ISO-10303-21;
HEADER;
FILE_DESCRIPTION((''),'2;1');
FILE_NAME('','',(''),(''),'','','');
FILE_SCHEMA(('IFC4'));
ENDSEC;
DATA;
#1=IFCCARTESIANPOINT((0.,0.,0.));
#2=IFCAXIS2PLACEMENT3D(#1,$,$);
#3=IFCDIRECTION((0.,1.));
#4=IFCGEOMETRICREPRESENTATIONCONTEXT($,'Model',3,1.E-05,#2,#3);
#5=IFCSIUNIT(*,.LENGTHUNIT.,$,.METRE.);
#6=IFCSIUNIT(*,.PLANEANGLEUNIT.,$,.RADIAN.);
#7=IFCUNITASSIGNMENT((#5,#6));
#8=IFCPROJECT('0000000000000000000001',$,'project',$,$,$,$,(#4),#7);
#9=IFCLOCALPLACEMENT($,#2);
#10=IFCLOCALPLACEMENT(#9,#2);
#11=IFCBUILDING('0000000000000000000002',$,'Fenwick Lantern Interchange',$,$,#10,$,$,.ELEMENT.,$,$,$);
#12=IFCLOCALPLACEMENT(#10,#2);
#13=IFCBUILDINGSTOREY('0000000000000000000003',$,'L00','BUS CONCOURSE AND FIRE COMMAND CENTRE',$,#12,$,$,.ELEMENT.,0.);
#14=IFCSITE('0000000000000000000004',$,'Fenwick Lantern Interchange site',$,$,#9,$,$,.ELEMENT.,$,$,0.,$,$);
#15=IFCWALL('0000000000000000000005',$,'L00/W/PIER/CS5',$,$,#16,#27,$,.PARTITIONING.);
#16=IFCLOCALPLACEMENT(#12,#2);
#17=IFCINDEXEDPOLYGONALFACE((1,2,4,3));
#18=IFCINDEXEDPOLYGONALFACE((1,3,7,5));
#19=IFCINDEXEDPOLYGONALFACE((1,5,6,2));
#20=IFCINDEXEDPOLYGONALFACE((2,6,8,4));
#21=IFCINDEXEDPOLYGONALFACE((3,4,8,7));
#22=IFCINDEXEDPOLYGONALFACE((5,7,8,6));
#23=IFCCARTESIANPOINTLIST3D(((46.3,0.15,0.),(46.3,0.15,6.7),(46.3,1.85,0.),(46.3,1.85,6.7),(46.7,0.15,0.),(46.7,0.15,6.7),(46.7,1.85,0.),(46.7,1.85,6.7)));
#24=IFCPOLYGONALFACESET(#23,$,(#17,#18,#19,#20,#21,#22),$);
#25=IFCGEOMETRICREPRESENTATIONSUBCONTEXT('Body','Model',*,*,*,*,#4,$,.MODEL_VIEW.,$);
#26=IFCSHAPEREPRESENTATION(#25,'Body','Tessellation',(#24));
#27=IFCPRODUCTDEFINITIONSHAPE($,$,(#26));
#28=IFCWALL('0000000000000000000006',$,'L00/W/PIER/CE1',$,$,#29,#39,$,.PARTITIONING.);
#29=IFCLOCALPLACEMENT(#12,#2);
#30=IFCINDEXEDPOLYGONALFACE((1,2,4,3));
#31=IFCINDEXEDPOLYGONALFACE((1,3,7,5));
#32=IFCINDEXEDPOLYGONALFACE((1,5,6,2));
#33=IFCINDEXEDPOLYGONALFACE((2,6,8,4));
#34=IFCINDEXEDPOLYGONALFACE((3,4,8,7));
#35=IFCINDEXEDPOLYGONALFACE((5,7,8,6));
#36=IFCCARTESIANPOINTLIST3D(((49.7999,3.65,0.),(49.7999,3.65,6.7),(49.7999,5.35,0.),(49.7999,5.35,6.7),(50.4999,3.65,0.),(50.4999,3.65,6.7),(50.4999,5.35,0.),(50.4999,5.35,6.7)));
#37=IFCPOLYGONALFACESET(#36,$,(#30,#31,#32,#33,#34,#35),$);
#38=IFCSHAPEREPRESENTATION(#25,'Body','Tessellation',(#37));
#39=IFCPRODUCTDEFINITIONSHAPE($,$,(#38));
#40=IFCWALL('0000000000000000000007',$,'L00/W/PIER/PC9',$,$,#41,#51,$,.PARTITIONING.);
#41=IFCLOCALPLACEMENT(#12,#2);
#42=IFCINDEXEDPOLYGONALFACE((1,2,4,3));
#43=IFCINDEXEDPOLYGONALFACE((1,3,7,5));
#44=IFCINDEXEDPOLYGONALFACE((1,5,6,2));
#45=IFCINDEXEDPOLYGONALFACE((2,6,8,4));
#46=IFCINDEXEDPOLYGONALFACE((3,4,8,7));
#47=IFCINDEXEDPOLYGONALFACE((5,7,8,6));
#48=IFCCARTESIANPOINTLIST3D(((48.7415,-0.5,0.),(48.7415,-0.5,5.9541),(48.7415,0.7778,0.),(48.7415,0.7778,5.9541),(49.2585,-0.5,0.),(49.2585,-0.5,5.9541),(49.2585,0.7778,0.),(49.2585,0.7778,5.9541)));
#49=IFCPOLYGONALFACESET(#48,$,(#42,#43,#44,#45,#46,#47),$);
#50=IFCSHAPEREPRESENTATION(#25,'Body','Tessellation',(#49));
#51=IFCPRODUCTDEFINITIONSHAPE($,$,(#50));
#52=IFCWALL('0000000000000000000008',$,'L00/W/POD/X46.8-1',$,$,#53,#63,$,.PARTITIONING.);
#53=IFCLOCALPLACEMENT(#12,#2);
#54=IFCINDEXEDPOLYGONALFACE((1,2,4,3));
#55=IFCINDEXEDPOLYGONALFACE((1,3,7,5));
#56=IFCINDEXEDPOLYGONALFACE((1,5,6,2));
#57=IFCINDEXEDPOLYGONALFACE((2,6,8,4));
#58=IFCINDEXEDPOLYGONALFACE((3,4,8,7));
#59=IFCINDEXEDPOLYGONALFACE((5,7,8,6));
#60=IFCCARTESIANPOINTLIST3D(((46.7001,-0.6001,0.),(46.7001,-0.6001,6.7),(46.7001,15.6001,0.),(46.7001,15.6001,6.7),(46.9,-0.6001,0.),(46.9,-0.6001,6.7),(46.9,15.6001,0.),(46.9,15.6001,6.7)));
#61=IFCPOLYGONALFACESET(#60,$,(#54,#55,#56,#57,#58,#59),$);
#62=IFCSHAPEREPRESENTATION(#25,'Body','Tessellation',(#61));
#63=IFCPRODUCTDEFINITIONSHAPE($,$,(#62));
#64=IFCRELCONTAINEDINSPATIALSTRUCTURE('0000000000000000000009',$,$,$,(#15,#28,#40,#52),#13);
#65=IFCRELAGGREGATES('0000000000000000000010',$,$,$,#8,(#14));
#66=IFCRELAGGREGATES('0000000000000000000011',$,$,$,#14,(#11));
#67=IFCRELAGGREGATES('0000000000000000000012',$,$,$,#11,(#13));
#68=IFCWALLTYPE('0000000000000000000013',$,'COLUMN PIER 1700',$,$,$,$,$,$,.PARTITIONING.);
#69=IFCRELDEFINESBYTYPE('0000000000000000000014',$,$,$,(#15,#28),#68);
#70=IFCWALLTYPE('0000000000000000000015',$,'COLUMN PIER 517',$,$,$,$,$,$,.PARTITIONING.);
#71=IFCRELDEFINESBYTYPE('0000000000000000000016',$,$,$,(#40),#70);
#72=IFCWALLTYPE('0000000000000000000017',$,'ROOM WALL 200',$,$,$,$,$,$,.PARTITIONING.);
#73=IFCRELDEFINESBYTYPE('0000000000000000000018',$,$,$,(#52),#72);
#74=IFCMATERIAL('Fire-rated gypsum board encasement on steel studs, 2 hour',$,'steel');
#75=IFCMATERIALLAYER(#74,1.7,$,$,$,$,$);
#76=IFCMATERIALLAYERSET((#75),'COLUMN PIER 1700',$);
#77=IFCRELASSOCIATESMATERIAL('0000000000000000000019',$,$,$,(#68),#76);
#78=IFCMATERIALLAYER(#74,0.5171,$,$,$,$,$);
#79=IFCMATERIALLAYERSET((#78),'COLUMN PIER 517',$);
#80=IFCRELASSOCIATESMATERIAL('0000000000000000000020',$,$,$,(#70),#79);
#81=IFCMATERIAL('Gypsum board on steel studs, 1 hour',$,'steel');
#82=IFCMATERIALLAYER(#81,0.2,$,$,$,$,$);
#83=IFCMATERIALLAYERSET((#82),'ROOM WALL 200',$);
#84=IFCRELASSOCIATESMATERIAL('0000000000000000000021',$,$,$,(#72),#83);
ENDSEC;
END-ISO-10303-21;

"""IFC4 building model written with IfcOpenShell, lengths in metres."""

from ifc_helpers import new_model, si_unit, direction, frame, frame_2d, origin, place, context, subcontext, project, spatial, rectangle, extrude, material, layer, layer_set, type_object, element, save


model = new_model("IFC4")

# Units and contexts
model_context = context("Model", 3, precision=1e-05, world=origin(), true_north=direction((0.0, 1.0)))
body_context = subcontext(model_context, "Body", "Model", "MODEL_VIEW")
ifc_project = project(units=[si_unit("LENGTHUNIT", "METRE"), si_unit("PLANEANGLEUNIT", "RADIAN")], contexts=[model_context])

# Site, building, storey
site_placement = place(None, origin())
site = spatial("IfcSite", under=ifc_project, at=site_placement, Name="Fenwick Lantern Interchange site", CompositionType="ELEMENT", RefElevation=0.0)
building_placement = place(site_placement, origin())
building = spatial("IfcBuilding", under=site, at=building_placement, Name="Fenwick Lantern Interchange", CompositionType="ELEMENT")
storey_placement = place(building_placement, origin())
storey = spatial("IfcBuildingStorey", under=building, at=storey_placement, Name="L00", Description="BUS CONCOURSE AND FIRE COMMAND CENTRE", CompositionType="ELEMENT", Elevation=0.0)

# Walls
ifc_material_1 = material(Name="Fire-rated gypsum board encasement on steel studs, 2 hour", Category="steel")
ifc_layer_1 = layer(ifc_material_1, 1.7)
ifc_layer_set_1 = layer_set([ifc_layer_1], Name="COLUMN PIER 1700")
wall_type_1 = type_object("IfcWallType", Name="COLUMN PIER 1700", PredefinedType="PARTITIONING", material=ifc_layer_set_1)
wall_1_placement = place(storey_placement, frame((46.7, 1.0, 0.0), z_axis=(0.0, 0.0, 1.0), x_axis=(-1.0, 0.0, 0.0)))
element("IfcWall", 1, at=wall_1_placement, inside=storey, type_object=wall_type_1, Name="L00/W/PIER/CS5", PredefinedType="PARTITIONING", context=body_context, shape_type="SweptSolid", body=[
    extrude(rectangle(XDim=0.3999, YDim=1.7, at=frame_2d((0.2, 0.0))), origin(), (0.0, 0.0, 1.0), 6.7),
])
wall_2_placement = place(storey_placement, frame((50.5, 4.5, 0.0), z_axis=(0.0, 0.0, 1.0), x_axis=(-1.0, 0.0, 0.0)))
element("IfcWall", 2, at=wall_2_placement, inside=storey, type_object=wall_type_1, Name="L00/W/PIER/CE1", PredefinedType="PARTITIONING", context=body_context, shape_type="SweptSolid", body=[
    extrude(rectangle(XDim=0.7, YDim=1.7, at=frame_2d((0.3501, 0.0))), origin(), (0.0, 0.0, 1.0), 6.7),
])
ifc_layer_2 = layer(ifc_material_1, 0.5171)
ifc_layer_set_2 = layer_set([ifc_layer_2], Name="COLUMN PIER 517")
wall_type_2 = type_object("IfcWallType", Name="COLUMN PIER 517", PredefinedType="PARTITIONING", material=ifc_layer_set_2)
wall_3_placement = place(storey_placement, frame((49.0, -0.5, 0.0), z_axis=(0.0, 0.0, 1.0), x_axis=(0.0, 1.0, 0.0)))
element("IfcWall", 3, at=wall_3_placement, inside=storey, type_object=wall_type_2, Name="L00/W/PIER/PC9", PredefinedType="PARTITIONING", context=body_context, shape_type="SweptSolid", body=[
    extrude(rectangle(XDim=1.2778, YDim=0.5171, at=frame_2d((0.6389, 0.0))), origin(), (0.0, 0.0, 1.0), 5.9541),
])
ifc_material_2 = material(Name="Gypsum board on steel studs, 1 hour", Category="steel")
ifc_layer_3 = layer(ifc_material_2, 0.2)
ifc_layer_set_3 = layer_set([ifc_layer_3], Name="ROOM WALL 200")
wall_type_3 = type_object("IfcWallType", Name="ROOM WALL 200", PredefinedType="PARTITIONING", material=ifc_layer_set_3)
wall_4_placement = place(storey_placement, frame((46.8, -0.6001, 0.0), z_axis=(0.0, 0.0, 1.0), x_axis=(0.0, 1.0, 0.0)))
element("IfcWall", 4, at=wall_4_placement, inside=storey, type_object=wall_type_3, Name="L00/W/POD/X46.8-1", PredefinedType="PARTITIONING", context=body_context, shape_type="SweptSolid", body=[
    extrude(rectangle(XDim=16.2002, YDim=0.2, at=frame_2d((8.1001, 0.0))), origin(), (0.0, 0.0, 1.0), 6.7),
])

save(model, "model.ifc")
